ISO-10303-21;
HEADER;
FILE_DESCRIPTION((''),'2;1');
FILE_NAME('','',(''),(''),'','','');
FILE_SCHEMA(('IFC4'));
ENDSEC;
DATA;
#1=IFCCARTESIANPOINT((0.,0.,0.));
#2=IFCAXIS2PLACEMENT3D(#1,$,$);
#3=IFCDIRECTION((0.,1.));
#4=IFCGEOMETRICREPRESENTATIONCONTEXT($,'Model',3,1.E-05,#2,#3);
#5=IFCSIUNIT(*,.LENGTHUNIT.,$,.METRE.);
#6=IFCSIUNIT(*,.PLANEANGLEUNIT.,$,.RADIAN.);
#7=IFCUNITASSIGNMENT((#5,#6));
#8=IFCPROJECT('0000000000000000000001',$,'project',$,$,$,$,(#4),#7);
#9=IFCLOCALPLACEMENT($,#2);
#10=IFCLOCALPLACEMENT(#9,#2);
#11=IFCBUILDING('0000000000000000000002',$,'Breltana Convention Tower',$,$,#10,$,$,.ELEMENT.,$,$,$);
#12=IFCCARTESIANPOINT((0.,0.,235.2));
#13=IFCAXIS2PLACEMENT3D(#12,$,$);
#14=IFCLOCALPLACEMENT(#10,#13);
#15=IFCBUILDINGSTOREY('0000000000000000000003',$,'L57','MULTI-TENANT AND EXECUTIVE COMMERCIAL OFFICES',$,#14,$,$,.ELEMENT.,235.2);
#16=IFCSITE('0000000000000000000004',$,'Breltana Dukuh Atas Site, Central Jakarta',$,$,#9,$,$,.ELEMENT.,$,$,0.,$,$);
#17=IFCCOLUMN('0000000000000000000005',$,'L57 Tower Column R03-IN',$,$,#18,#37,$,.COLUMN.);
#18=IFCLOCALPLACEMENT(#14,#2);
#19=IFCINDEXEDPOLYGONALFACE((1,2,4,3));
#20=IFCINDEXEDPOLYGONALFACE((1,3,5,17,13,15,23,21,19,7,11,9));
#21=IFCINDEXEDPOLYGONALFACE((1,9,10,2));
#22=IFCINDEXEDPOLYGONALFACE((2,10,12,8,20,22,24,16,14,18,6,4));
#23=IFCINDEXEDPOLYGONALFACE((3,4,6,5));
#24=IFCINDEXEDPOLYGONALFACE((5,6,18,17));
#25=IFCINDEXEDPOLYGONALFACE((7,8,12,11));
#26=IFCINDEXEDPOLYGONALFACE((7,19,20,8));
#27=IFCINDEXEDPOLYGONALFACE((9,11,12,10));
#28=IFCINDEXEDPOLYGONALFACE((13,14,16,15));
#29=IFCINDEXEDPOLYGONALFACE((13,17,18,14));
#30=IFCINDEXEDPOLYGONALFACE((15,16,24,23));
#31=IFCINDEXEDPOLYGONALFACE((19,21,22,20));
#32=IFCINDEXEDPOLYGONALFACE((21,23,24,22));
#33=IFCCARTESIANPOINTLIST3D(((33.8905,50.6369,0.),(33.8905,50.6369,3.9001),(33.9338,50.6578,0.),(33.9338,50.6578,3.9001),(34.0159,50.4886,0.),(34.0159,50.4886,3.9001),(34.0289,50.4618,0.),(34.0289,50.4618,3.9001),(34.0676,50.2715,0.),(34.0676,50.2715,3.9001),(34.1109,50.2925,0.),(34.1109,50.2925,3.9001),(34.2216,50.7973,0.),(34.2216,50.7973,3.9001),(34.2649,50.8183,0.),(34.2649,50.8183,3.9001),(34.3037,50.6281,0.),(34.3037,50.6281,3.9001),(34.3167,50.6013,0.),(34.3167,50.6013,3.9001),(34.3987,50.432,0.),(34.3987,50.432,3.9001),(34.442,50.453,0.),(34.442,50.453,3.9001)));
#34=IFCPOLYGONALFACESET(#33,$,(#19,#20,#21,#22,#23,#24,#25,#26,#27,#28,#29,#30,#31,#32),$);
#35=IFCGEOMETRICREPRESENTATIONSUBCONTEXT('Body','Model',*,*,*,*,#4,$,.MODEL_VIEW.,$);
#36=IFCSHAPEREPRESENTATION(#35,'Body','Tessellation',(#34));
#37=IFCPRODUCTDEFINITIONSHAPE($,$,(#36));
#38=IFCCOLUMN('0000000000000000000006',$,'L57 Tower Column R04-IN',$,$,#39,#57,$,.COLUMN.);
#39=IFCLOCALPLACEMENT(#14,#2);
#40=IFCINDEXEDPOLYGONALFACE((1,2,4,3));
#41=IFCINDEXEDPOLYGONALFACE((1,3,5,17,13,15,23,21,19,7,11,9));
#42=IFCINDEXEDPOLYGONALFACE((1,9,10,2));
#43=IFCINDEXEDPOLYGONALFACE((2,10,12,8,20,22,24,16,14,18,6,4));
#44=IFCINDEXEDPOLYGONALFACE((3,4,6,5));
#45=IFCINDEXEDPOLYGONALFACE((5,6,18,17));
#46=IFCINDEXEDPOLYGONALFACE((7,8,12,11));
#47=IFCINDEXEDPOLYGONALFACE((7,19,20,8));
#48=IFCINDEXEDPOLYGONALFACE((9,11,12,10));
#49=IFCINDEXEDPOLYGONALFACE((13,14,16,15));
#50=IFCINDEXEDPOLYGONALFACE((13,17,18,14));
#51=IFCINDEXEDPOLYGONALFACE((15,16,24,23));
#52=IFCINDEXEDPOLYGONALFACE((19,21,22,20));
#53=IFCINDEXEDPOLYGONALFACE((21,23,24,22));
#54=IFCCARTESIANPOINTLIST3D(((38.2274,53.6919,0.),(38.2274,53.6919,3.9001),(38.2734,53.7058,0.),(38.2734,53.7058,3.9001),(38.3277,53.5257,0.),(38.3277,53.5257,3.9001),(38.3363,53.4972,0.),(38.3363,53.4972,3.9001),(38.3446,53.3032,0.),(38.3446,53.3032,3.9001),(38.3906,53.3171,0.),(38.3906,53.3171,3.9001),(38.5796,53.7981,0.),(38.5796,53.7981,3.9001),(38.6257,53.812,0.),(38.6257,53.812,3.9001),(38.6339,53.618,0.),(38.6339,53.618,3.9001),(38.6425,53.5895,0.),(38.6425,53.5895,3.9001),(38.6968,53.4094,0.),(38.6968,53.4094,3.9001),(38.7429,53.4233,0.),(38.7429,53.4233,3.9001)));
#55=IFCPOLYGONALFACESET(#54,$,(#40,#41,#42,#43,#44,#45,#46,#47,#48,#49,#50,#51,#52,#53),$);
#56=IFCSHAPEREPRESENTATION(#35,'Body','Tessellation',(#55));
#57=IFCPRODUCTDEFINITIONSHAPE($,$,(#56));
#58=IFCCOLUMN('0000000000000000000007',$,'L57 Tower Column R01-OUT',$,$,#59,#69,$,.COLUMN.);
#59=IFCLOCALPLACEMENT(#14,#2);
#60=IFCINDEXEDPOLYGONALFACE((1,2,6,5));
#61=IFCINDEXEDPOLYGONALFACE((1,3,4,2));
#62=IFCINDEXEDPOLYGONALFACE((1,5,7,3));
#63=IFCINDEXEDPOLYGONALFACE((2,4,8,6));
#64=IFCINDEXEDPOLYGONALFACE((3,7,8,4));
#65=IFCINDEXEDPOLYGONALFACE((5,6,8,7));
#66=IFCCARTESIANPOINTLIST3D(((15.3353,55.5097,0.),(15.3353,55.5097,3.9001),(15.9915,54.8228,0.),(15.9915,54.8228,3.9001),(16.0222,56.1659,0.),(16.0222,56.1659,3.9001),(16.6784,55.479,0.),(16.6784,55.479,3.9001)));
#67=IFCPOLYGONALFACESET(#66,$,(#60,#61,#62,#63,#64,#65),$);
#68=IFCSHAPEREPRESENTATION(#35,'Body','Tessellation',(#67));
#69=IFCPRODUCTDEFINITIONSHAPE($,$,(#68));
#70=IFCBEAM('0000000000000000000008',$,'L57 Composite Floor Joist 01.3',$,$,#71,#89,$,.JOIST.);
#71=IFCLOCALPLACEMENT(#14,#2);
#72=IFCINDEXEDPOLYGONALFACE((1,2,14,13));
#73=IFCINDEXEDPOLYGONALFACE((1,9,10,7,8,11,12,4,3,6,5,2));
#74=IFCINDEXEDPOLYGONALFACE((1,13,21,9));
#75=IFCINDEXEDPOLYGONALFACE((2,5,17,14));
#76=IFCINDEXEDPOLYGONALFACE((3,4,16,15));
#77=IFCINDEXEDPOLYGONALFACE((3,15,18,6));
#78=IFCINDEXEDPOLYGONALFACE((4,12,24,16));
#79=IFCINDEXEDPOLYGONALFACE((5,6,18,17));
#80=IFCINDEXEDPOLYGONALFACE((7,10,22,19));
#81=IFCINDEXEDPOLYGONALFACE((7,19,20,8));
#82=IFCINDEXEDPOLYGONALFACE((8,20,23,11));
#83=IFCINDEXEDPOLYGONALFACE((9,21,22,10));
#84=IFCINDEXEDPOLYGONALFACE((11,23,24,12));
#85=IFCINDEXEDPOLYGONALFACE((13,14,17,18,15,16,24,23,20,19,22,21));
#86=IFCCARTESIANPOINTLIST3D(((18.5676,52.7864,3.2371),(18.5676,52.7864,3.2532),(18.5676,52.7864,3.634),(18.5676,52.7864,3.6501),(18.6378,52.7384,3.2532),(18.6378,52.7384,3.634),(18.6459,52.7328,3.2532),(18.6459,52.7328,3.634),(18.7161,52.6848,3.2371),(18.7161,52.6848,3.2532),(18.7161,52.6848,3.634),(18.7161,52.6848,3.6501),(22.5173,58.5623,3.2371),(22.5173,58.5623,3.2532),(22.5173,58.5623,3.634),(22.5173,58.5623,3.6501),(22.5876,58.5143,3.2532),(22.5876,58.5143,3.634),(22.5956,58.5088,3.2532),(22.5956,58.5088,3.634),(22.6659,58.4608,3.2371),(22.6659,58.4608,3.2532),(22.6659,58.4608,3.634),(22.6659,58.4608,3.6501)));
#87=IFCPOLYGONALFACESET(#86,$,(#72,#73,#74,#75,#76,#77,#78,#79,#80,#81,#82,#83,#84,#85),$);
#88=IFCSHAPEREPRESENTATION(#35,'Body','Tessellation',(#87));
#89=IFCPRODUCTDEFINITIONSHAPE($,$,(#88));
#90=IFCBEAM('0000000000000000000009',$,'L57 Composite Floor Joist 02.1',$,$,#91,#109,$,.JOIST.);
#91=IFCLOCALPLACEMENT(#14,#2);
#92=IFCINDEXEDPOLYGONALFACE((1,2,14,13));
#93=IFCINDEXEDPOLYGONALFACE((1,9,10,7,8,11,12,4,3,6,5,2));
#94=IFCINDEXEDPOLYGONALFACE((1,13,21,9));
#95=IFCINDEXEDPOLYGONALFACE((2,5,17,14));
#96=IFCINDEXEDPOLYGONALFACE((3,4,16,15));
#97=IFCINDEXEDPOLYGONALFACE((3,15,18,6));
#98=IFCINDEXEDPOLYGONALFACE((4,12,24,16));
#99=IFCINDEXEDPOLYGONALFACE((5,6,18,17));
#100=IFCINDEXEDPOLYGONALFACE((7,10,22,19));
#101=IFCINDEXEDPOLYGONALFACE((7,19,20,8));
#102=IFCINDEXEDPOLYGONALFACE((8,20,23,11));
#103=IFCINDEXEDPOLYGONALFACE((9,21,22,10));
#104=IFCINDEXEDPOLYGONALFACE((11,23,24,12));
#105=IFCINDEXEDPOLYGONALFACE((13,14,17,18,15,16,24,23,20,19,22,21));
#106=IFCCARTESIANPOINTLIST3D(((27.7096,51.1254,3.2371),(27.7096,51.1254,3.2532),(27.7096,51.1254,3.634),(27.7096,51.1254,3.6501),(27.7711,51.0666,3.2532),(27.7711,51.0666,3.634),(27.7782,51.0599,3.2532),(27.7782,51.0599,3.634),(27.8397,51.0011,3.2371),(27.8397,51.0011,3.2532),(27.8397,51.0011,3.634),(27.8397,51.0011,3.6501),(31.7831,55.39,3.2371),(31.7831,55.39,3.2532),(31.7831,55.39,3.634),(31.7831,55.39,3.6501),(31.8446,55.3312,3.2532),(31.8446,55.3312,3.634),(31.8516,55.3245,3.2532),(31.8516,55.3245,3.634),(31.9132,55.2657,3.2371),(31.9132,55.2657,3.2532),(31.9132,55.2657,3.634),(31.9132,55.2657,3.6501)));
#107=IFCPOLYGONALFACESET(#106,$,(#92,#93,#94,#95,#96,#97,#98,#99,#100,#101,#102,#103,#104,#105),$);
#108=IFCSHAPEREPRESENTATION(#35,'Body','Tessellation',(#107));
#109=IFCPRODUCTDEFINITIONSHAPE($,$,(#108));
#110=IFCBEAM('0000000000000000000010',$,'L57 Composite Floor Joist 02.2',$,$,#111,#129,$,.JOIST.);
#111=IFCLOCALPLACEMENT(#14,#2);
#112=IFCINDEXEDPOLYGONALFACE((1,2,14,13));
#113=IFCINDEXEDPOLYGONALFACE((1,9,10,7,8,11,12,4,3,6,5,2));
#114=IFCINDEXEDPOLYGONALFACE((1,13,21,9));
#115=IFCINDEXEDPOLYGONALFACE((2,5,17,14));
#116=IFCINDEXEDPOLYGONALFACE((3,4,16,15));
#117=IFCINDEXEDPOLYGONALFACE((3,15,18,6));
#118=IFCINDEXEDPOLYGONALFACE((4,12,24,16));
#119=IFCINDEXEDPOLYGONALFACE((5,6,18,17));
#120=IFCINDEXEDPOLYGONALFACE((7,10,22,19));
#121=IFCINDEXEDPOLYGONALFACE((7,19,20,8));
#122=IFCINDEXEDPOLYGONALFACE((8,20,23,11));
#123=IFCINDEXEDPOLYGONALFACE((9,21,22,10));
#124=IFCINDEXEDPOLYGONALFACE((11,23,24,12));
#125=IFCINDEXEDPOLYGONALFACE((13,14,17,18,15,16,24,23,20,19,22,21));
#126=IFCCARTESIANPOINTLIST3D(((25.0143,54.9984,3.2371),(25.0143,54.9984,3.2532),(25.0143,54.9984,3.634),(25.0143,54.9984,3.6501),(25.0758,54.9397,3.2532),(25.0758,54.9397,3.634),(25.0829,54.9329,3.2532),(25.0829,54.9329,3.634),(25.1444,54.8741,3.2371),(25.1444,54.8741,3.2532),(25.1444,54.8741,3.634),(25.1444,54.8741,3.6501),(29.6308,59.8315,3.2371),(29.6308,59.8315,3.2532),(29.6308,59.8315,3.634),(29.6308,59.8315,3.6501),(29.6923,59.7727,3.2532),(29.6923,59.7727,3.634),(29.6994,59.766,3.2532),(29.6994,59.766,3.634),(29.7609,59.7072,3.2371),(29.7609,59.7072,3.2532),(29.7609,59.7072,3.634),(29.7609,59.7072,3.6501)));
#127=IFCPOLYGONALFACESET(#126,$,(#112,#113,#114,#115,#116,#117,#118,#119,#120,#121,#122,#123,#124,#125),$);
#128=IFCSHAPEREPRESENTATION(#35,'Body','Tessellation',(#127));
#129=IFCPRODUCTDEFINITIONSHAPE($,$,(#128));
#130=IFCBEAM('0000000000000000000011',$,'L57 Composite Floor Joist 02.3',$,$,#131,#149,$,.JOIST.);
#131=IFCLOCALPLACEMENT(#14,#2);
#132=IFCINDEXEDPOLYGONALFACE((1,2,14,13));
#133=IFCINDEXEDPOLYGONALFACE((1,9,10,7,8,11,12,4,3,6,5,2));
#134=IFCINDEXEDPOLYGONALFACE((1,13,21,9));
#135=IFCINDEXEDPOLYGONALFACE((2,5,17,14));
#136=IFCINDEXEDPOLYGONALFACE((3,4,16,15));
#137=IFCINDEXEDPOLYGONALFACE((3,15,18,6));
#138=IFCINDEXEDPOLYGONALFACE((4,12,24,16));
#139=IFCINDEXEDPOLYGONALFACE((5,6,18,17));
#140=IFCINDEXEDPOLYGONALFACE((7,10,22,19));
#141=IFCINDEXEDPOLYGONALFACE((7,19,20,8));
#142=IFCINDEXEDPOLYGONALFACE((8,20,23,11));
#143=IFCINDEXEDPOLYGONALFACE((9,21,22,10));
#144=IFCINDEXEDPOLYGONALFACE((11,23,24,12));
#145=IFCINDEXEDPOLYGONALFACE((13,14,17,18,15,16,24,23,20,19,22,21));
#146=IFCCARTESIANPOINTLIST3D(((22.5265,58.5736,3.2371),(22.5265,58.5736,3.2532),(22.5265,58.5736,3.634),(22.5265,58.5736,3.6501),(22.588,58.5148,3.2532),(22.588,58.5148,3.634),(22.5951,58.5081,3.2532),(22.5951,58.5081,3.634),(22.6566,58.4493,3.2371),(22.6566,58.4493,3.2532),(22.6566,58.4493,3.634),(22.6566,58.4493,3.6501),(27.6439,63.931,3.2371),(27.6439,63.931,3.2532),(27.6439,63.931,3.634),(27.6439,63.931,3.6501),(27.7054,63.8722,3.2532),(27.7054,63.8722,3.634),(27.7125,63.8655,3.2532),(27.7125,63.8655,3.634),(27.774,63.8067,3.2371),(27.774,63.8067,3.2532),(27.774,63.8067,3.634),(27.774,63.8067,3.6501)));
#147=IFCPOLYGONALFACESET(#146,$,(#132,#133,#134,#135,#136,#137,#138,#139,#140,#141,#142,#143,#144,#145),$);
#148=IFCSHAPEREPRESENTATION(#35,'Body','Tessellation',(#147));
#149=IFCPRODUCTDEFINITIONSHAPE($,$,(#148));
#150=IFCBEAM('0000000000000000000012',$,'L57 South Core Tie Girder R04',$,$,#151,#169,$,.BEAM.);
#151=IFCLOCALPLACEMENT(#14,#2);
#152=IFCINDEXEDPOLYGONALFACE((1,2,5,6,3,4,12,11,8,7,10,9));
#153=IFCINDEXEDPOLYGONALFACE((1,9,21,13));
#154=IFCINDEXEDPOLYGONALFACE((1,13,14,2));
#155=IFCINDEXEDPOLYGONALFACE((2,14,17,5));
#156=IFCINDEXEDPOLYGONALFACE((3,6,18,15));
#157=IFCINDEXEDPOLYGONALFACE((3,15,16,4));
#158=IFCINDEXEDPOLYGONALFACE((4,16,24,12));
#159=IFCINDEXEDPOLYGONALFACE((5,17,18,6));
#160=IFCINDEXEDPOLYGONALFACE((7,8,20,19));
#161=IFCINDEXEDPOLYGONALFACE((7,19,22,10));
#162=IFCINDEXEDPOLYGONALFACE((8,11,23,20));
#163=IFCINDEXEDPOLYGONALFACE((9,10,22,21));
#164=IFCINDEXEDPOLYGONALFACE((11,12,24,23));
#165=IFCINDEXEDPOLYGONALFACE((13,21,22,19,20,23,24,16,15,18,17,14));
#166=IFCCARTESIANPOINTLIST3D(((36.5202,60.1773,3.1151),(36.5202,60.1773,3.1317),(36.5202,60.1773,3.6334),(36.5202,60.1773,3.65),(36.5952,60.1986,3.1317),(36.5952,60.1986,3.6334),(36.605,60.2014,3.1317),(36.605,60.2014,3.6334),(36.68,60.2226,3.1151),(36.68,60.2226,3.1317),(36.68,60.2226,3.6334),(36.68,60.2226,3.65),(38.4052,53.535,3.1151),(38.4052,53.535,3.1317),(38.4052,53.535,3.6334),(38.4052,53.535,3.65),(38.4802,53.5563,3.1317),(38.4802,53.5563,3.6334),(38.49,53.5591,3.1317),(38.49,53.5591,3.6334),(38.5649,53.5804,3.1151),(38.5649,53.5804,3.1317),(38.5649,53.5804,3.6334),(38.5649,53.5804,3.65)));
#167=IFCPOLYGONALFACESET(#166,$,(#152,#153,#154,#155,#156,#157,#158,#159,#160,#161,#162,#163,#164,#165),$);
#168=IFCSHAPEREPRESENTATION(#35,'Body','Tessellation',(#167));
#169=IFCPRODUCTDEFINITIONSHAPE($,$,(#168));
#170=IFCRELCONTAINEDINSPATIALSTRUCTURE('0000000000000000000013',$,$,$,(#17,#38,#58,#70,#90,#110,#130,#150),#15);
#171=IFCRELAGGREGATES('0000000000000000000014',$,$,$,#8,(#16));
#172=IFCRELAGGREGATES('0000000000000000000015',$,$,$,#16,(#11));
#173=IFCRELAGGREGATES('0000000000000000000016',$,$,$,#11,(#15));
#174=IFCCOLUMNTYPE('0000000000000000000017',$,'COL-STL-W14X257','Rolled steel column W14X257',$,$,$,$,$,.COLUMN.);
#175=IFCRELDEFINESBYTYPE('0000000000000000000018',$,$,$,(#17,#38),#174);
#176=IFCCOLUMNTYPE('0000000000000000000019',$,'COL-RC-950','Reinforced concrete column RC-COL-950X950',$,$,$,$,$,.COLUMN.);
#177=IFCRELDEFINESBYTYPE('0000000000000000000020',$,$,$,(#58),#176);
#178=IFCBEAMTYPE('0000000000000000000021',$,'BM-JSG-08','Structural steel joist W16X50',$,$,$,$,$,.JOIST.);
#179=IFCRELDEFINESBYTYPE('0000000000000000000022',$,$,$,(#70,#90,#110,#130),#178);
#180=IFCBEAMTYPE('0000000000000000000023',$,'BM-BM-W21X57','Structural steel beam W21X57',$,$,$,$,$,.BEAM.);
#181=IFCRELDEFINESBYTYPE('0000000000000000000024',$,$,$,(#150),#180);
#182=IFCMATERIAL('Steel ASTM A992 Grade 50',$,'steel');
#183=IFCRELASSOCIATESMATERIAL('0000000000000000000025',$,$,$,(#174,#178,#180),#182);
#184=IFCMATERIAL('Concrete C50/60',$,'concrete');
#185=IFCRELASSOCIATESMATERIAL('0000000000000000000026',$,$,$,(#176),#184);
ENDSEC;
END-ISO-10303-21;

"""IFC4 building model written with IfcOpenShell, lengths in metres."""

from ifc_helpers import new_model, si_unit, direction, frame, origin, origin_2d, place, context, subcontext, project, spatial, rectangle, i_section, extrude, source, transform, mapped, material, material_profile, profile_set, type_object, type_shapes, element, save


model = new_model("IFC4")

# Units and contexts
model_context = context("Model", 3, precision=1e-05, world=origin(), true_north=direction((0.0, 1.0)))
body_context = subcontext(model_context, "Body", "Model", "MODEL_VIEW")
ifc_project = project(units=[si_unit("LENGTHUNIT", "METRE"), si_unit("PLANEANGLEUNIT", "RADIAN")], contexts=[model_context])

# Site, building, storey
site_placement = place(None, origin())
site = spatial("IfcSite", under=ifc_project, at=site_placement, Name="Breltana Dukuh Atas Site, Central Jakarta", CompositionType="ELEMENT", RefElevation=0.0)
building_placement = place(site_placement, origin())
building = spatial("IfcBuilding", under=site, at=building_placement, Name="Breltana Convention Tower", CompositionType="ELEMENT")
storey_placement = place(building_placement, frame((0.0, 0.0, 235.2)))
storey = spatial("IfcBuildingStorey", under=building, at=storey_placement, Name="L57", Description="MULTI-TENANT AND EXECUTIVE COMMERCIAL OFFICES", CompositionType="ELEMENT", Elevation=235.2)

# Columns
ifc_material_1 = material(Name="Steel ASTM A992 Grade 50", Category="steel")
ifc_material_profile_1 = material_profile(ifc_material_1, i_section(OverallWidth=0.406, OverallDepth=0.416, WebThickness=0.0298, FlangeThickness=0.0481, at=origin_2d()), Name="W14X257")
ifc_profile_set_1 = profile_set([ifc_material_profile_1], Name="Steel ASTM A992 Grade 50")
column_type_1 = type_object("IfcColumnType", Name="COL-STL-W14X257", Description="Rolled steel column W14X257", PredefinedType="COLUMN", material=ifc_profile_set_1)
shared_shape_1 = source(origin(), body_context, "Body", "SweptSolid", [
    extrude(i_section(OverallWidth=0.406, OverallDepth=0.416, WebThickness=0.0298, FlangeThickness=0.0481, at=origin_2d()), origin(), (0.0, 0.0, 1.0), 3.9001),
])
for number, where, z_axis, x_axis, name in (
    (1, (34.1663, 50.5449, 0.0), (0.0, 0.0, 1.0), (-0.436174, 0.899863, 0.0), "L57 Tower Column R03-IN"),
    (2, (38.4851, 53.5576, 0.0), (0.0, 0.0, 1.0), (-0.288698, 0.95742, 0.0), "L57 Tower Column R04-IN"),
):
    element("IfcColumn", number, at=place(storey_placement, frame(where, z_axis=z_axis, x_axis=x_axis)), inside=storey, type_object=column_type_1, Name=name, PredefinedType="COLUMN", context=body_context, shape_type="MappedRepresentation", body=[
        mapped(shared_shape_1, transform((0.0, 0.0, 0.0), scale=1.0)),
    ])
ifc_material_2 = material(Name="Concrete C50/60", Category="concrete")
ifc_material_profile_2 = material_profile(ifc_material_2, rectangle(XDim=0.95, YDim=0.95, at=origin_2d()), Name="RC-COL-950X950")
ifc_profile_set_2 = profile_set([ifc_material_profile_2], Name="Concrete C50/60")
column_type_2 = type_object("IfcColumnType", Name="COL-RC-950", Description="Reinforced concrete column RC-COL-950X950", PredefinedType="COLUMN", material=ifc_profile_set_2)
shared_shape_2 = source(origin(), body_context, "Body", "SweptSolid", [
    extrude(rectangle(XDim=0.95, YDim=0.95, at=origin_2d()), origin(), (0.0, 0.0, 1.0), 3.9001),
])
column_placement = place(storey_placement, frame((16.0068, 55.4944, 0.0), z_axis=(0.0, 0.0, 1.0), x_axis=(-0.690756, 0.723088, 0.0)))
element("IfcColumn", 3, at=column_placement, inside=storey, type_object=column_type_2, Name="L57 Tower Column R01-OUT", PredefinedType="COLUMN", context=body_context, shape_type="MappedRepresentation", body=[
    mapped(shared_shape_2, transform((0.0, 0.0, 0.0), scale=1.0)),
])

# Beams
ifc_material_profile_3 = material_profile(ifc_material_1, i_section(OverallWidth=0.1799, OverallDepth=0.4131, WebThickness=0.0098, FlangeThickness=0.0161, at=origin_2d()), Name="W16X50")
ifc_profile_set_3 = profile_set([ifc_material_profile_3], Name="Steel ASTM A992 Grade 50")
beam_type_1 = type_object("IfcBeamType", Name="BM-JSG-08", Description="Structural steel joist W16X50", PredefinedType="JOIST", material=ifc_profile_set_3)
shared_shape_3 = source(origin(), body_context, "Body", "SweptSolid", [
    extrude(i_section(OverallWidth=0.1799, OverallDepth=0.4131, WebThickness=0.0098, FlangeThickness=0.0161, at=origin_2d()), origin(), (0.0, 0.0, 1.0), 6.9973),
])
beam_1_placement = place(storey_placement, frame((18.6418, 52.7356, 3.4436), z_axis=(0.564469, 0.825454, 0.0), x_axis=(-0.825454, 0.564469, 0.0)))
element("IfcBeam", 4, at=beam_1_placement, inside=storey, type_object=beam_type_1, Name="L57 Composite Floor Joist 01.3", PredefinedType="JOIST", context=body_context, shape_type="MappedRepresentation", body=[
    mapped(shared_shape_3, transform((0.0, 0.0, 0.0), scale=1.0)),
])
shared_shape_4 = source(origin(), body_context, "Body", "SweptSolid", [
    extrude(i_section(OverallWidth=0.1799, OverallDepth=0.4131, WebThickness=0.0098, FlangeThickness=0.0161, at=origin_2d()), origin(), (0.0, 0.0, 1.0), 5.8975),
])
beam_2_placement = place(storey_placement, frame((27.7747, 51.0632, 3.4436), z_axis=(0.690714, 0.723128, 0.0), x_axis=(-0.723128, 0.690714, 0.0)))
element("IfcBeam", 5, at=beam_2_placement, inside=storey, type_object=beam_type_1, Name="L57 Composite Floor Joist 02.1", PredefinedType="JOIST", context=body_context, shape_type="MappedRepresentation", body=[
    mapped(shared_shape_4, transform((0.0, 0.0, 0.0), scale=1.0)),
])
shared_shape_5 = source(origin(), body_context, "Body", "SweptSolid", [
    extrude(i_section(OverallWidth=0.1799, OverallDepth=0.4131, WebThickness=0.0098, FlangeThickness=0.0161, at=origin_2d()), origin(), (0.0, 0.0, 1.0), 6.6836),
])
beam_3_placement = place(storey_placement, frame((25.0793, 54.9363, 3.4436), z_axis=(0.690721, 0.723122, 0.0), x_axis=(-0.723122, 0.690721, 0.0)))
element("IfcBeam", 6, at=beam_3_placement, inside=storey, type_object=beam_type_1, Name="L57 Composite Floor Joist 02.2", PredefinedType="JOIST", context=body_context, shape_type="MappedRepresentation", body=[
    mapped(shared_shape_5, transform((0.0, 0.0, 0.0), scale=1.0)),
])
shared_shape_6 = source(origin(), body_context, "Body", "SweptSolid", [
    extrude(i_section(OverallWidth=0.1799, OverallDepth=0.4131, WebThickness=0.0098, FlangeThickness=0.0161, at=origin_2d()), origin(), (0.0, 0.0, 1.0), 7.4087),
])
beam_4_placement = place(storey_placement, frame((22.5916, 58.5115, 3.4436), z_axis=(0.690725, 0.723118, 0.0), x_axis=(-0.723118, 0.690725, 0.0)))
element("IfcBeam", 7, at=beam_4_placement, inside=storey, type_object=beam_type_1, Name="L57 Composite Floor Joist 02.3", PredefinedType="JOIST", context=body_context, shape_type="MappedRepresentation", body=[
    mapped(shared_shape_6, transform((0.0, 0.0, 0.0), scale=1.0)),
])
ifc_material_profile_4 = material_profile(ifc_material_1, i_section(OverallWidth=0.166, OverallDepth=0.5349, WebThickness=0.0103, FlangeThickness=0.0166, at=origin_2d()), Name="W21X57")
ifc_profile_set_4 = profile_set([ifc_material_profile_4], Name="Steel ASTM A992 Grade 50")
beam_type_2 = type_object("IfcBeamType", Name="BM-BM-W21X57", Description="Structural steel beam W21X57", PredefinedType="BEAM", material=ifc_profile_set_4)
shared_shape_7 = source(origin(), body_context, "Body", "SweptSolid", [
    extrude(i_section(OverallWidth=0.166, OverallDepth=0.5349, WebThickness=0.0103, FlangeThickness=0.0166, at=origin_2d()), origin(), (0.0, 0.0, 1.0), 6.9045),
])
type_shapes(beam_type_2, [shared_shape_7])
beam_5_placement = place(storey_placement, frame((36.6001, 60.2, 3.3826), z_axis=(0.273007, -0.962012, 0.0), x_axis=(0.962012, 0.273007, 0.0)))
element("IfcBeam", 8, at=beam_5_placement, inside=storey, type_object=beam_type_2, Name="L57 South Core Tie Girder R04", PredefinedType="BEAM", context=body_context, shape_type="MappedRepresentation", body=[
    mapped(shared_shape_7, transform((0.0, 0.0, 0.0), scale=1.0)),
])

save(model, "model.ifc")
